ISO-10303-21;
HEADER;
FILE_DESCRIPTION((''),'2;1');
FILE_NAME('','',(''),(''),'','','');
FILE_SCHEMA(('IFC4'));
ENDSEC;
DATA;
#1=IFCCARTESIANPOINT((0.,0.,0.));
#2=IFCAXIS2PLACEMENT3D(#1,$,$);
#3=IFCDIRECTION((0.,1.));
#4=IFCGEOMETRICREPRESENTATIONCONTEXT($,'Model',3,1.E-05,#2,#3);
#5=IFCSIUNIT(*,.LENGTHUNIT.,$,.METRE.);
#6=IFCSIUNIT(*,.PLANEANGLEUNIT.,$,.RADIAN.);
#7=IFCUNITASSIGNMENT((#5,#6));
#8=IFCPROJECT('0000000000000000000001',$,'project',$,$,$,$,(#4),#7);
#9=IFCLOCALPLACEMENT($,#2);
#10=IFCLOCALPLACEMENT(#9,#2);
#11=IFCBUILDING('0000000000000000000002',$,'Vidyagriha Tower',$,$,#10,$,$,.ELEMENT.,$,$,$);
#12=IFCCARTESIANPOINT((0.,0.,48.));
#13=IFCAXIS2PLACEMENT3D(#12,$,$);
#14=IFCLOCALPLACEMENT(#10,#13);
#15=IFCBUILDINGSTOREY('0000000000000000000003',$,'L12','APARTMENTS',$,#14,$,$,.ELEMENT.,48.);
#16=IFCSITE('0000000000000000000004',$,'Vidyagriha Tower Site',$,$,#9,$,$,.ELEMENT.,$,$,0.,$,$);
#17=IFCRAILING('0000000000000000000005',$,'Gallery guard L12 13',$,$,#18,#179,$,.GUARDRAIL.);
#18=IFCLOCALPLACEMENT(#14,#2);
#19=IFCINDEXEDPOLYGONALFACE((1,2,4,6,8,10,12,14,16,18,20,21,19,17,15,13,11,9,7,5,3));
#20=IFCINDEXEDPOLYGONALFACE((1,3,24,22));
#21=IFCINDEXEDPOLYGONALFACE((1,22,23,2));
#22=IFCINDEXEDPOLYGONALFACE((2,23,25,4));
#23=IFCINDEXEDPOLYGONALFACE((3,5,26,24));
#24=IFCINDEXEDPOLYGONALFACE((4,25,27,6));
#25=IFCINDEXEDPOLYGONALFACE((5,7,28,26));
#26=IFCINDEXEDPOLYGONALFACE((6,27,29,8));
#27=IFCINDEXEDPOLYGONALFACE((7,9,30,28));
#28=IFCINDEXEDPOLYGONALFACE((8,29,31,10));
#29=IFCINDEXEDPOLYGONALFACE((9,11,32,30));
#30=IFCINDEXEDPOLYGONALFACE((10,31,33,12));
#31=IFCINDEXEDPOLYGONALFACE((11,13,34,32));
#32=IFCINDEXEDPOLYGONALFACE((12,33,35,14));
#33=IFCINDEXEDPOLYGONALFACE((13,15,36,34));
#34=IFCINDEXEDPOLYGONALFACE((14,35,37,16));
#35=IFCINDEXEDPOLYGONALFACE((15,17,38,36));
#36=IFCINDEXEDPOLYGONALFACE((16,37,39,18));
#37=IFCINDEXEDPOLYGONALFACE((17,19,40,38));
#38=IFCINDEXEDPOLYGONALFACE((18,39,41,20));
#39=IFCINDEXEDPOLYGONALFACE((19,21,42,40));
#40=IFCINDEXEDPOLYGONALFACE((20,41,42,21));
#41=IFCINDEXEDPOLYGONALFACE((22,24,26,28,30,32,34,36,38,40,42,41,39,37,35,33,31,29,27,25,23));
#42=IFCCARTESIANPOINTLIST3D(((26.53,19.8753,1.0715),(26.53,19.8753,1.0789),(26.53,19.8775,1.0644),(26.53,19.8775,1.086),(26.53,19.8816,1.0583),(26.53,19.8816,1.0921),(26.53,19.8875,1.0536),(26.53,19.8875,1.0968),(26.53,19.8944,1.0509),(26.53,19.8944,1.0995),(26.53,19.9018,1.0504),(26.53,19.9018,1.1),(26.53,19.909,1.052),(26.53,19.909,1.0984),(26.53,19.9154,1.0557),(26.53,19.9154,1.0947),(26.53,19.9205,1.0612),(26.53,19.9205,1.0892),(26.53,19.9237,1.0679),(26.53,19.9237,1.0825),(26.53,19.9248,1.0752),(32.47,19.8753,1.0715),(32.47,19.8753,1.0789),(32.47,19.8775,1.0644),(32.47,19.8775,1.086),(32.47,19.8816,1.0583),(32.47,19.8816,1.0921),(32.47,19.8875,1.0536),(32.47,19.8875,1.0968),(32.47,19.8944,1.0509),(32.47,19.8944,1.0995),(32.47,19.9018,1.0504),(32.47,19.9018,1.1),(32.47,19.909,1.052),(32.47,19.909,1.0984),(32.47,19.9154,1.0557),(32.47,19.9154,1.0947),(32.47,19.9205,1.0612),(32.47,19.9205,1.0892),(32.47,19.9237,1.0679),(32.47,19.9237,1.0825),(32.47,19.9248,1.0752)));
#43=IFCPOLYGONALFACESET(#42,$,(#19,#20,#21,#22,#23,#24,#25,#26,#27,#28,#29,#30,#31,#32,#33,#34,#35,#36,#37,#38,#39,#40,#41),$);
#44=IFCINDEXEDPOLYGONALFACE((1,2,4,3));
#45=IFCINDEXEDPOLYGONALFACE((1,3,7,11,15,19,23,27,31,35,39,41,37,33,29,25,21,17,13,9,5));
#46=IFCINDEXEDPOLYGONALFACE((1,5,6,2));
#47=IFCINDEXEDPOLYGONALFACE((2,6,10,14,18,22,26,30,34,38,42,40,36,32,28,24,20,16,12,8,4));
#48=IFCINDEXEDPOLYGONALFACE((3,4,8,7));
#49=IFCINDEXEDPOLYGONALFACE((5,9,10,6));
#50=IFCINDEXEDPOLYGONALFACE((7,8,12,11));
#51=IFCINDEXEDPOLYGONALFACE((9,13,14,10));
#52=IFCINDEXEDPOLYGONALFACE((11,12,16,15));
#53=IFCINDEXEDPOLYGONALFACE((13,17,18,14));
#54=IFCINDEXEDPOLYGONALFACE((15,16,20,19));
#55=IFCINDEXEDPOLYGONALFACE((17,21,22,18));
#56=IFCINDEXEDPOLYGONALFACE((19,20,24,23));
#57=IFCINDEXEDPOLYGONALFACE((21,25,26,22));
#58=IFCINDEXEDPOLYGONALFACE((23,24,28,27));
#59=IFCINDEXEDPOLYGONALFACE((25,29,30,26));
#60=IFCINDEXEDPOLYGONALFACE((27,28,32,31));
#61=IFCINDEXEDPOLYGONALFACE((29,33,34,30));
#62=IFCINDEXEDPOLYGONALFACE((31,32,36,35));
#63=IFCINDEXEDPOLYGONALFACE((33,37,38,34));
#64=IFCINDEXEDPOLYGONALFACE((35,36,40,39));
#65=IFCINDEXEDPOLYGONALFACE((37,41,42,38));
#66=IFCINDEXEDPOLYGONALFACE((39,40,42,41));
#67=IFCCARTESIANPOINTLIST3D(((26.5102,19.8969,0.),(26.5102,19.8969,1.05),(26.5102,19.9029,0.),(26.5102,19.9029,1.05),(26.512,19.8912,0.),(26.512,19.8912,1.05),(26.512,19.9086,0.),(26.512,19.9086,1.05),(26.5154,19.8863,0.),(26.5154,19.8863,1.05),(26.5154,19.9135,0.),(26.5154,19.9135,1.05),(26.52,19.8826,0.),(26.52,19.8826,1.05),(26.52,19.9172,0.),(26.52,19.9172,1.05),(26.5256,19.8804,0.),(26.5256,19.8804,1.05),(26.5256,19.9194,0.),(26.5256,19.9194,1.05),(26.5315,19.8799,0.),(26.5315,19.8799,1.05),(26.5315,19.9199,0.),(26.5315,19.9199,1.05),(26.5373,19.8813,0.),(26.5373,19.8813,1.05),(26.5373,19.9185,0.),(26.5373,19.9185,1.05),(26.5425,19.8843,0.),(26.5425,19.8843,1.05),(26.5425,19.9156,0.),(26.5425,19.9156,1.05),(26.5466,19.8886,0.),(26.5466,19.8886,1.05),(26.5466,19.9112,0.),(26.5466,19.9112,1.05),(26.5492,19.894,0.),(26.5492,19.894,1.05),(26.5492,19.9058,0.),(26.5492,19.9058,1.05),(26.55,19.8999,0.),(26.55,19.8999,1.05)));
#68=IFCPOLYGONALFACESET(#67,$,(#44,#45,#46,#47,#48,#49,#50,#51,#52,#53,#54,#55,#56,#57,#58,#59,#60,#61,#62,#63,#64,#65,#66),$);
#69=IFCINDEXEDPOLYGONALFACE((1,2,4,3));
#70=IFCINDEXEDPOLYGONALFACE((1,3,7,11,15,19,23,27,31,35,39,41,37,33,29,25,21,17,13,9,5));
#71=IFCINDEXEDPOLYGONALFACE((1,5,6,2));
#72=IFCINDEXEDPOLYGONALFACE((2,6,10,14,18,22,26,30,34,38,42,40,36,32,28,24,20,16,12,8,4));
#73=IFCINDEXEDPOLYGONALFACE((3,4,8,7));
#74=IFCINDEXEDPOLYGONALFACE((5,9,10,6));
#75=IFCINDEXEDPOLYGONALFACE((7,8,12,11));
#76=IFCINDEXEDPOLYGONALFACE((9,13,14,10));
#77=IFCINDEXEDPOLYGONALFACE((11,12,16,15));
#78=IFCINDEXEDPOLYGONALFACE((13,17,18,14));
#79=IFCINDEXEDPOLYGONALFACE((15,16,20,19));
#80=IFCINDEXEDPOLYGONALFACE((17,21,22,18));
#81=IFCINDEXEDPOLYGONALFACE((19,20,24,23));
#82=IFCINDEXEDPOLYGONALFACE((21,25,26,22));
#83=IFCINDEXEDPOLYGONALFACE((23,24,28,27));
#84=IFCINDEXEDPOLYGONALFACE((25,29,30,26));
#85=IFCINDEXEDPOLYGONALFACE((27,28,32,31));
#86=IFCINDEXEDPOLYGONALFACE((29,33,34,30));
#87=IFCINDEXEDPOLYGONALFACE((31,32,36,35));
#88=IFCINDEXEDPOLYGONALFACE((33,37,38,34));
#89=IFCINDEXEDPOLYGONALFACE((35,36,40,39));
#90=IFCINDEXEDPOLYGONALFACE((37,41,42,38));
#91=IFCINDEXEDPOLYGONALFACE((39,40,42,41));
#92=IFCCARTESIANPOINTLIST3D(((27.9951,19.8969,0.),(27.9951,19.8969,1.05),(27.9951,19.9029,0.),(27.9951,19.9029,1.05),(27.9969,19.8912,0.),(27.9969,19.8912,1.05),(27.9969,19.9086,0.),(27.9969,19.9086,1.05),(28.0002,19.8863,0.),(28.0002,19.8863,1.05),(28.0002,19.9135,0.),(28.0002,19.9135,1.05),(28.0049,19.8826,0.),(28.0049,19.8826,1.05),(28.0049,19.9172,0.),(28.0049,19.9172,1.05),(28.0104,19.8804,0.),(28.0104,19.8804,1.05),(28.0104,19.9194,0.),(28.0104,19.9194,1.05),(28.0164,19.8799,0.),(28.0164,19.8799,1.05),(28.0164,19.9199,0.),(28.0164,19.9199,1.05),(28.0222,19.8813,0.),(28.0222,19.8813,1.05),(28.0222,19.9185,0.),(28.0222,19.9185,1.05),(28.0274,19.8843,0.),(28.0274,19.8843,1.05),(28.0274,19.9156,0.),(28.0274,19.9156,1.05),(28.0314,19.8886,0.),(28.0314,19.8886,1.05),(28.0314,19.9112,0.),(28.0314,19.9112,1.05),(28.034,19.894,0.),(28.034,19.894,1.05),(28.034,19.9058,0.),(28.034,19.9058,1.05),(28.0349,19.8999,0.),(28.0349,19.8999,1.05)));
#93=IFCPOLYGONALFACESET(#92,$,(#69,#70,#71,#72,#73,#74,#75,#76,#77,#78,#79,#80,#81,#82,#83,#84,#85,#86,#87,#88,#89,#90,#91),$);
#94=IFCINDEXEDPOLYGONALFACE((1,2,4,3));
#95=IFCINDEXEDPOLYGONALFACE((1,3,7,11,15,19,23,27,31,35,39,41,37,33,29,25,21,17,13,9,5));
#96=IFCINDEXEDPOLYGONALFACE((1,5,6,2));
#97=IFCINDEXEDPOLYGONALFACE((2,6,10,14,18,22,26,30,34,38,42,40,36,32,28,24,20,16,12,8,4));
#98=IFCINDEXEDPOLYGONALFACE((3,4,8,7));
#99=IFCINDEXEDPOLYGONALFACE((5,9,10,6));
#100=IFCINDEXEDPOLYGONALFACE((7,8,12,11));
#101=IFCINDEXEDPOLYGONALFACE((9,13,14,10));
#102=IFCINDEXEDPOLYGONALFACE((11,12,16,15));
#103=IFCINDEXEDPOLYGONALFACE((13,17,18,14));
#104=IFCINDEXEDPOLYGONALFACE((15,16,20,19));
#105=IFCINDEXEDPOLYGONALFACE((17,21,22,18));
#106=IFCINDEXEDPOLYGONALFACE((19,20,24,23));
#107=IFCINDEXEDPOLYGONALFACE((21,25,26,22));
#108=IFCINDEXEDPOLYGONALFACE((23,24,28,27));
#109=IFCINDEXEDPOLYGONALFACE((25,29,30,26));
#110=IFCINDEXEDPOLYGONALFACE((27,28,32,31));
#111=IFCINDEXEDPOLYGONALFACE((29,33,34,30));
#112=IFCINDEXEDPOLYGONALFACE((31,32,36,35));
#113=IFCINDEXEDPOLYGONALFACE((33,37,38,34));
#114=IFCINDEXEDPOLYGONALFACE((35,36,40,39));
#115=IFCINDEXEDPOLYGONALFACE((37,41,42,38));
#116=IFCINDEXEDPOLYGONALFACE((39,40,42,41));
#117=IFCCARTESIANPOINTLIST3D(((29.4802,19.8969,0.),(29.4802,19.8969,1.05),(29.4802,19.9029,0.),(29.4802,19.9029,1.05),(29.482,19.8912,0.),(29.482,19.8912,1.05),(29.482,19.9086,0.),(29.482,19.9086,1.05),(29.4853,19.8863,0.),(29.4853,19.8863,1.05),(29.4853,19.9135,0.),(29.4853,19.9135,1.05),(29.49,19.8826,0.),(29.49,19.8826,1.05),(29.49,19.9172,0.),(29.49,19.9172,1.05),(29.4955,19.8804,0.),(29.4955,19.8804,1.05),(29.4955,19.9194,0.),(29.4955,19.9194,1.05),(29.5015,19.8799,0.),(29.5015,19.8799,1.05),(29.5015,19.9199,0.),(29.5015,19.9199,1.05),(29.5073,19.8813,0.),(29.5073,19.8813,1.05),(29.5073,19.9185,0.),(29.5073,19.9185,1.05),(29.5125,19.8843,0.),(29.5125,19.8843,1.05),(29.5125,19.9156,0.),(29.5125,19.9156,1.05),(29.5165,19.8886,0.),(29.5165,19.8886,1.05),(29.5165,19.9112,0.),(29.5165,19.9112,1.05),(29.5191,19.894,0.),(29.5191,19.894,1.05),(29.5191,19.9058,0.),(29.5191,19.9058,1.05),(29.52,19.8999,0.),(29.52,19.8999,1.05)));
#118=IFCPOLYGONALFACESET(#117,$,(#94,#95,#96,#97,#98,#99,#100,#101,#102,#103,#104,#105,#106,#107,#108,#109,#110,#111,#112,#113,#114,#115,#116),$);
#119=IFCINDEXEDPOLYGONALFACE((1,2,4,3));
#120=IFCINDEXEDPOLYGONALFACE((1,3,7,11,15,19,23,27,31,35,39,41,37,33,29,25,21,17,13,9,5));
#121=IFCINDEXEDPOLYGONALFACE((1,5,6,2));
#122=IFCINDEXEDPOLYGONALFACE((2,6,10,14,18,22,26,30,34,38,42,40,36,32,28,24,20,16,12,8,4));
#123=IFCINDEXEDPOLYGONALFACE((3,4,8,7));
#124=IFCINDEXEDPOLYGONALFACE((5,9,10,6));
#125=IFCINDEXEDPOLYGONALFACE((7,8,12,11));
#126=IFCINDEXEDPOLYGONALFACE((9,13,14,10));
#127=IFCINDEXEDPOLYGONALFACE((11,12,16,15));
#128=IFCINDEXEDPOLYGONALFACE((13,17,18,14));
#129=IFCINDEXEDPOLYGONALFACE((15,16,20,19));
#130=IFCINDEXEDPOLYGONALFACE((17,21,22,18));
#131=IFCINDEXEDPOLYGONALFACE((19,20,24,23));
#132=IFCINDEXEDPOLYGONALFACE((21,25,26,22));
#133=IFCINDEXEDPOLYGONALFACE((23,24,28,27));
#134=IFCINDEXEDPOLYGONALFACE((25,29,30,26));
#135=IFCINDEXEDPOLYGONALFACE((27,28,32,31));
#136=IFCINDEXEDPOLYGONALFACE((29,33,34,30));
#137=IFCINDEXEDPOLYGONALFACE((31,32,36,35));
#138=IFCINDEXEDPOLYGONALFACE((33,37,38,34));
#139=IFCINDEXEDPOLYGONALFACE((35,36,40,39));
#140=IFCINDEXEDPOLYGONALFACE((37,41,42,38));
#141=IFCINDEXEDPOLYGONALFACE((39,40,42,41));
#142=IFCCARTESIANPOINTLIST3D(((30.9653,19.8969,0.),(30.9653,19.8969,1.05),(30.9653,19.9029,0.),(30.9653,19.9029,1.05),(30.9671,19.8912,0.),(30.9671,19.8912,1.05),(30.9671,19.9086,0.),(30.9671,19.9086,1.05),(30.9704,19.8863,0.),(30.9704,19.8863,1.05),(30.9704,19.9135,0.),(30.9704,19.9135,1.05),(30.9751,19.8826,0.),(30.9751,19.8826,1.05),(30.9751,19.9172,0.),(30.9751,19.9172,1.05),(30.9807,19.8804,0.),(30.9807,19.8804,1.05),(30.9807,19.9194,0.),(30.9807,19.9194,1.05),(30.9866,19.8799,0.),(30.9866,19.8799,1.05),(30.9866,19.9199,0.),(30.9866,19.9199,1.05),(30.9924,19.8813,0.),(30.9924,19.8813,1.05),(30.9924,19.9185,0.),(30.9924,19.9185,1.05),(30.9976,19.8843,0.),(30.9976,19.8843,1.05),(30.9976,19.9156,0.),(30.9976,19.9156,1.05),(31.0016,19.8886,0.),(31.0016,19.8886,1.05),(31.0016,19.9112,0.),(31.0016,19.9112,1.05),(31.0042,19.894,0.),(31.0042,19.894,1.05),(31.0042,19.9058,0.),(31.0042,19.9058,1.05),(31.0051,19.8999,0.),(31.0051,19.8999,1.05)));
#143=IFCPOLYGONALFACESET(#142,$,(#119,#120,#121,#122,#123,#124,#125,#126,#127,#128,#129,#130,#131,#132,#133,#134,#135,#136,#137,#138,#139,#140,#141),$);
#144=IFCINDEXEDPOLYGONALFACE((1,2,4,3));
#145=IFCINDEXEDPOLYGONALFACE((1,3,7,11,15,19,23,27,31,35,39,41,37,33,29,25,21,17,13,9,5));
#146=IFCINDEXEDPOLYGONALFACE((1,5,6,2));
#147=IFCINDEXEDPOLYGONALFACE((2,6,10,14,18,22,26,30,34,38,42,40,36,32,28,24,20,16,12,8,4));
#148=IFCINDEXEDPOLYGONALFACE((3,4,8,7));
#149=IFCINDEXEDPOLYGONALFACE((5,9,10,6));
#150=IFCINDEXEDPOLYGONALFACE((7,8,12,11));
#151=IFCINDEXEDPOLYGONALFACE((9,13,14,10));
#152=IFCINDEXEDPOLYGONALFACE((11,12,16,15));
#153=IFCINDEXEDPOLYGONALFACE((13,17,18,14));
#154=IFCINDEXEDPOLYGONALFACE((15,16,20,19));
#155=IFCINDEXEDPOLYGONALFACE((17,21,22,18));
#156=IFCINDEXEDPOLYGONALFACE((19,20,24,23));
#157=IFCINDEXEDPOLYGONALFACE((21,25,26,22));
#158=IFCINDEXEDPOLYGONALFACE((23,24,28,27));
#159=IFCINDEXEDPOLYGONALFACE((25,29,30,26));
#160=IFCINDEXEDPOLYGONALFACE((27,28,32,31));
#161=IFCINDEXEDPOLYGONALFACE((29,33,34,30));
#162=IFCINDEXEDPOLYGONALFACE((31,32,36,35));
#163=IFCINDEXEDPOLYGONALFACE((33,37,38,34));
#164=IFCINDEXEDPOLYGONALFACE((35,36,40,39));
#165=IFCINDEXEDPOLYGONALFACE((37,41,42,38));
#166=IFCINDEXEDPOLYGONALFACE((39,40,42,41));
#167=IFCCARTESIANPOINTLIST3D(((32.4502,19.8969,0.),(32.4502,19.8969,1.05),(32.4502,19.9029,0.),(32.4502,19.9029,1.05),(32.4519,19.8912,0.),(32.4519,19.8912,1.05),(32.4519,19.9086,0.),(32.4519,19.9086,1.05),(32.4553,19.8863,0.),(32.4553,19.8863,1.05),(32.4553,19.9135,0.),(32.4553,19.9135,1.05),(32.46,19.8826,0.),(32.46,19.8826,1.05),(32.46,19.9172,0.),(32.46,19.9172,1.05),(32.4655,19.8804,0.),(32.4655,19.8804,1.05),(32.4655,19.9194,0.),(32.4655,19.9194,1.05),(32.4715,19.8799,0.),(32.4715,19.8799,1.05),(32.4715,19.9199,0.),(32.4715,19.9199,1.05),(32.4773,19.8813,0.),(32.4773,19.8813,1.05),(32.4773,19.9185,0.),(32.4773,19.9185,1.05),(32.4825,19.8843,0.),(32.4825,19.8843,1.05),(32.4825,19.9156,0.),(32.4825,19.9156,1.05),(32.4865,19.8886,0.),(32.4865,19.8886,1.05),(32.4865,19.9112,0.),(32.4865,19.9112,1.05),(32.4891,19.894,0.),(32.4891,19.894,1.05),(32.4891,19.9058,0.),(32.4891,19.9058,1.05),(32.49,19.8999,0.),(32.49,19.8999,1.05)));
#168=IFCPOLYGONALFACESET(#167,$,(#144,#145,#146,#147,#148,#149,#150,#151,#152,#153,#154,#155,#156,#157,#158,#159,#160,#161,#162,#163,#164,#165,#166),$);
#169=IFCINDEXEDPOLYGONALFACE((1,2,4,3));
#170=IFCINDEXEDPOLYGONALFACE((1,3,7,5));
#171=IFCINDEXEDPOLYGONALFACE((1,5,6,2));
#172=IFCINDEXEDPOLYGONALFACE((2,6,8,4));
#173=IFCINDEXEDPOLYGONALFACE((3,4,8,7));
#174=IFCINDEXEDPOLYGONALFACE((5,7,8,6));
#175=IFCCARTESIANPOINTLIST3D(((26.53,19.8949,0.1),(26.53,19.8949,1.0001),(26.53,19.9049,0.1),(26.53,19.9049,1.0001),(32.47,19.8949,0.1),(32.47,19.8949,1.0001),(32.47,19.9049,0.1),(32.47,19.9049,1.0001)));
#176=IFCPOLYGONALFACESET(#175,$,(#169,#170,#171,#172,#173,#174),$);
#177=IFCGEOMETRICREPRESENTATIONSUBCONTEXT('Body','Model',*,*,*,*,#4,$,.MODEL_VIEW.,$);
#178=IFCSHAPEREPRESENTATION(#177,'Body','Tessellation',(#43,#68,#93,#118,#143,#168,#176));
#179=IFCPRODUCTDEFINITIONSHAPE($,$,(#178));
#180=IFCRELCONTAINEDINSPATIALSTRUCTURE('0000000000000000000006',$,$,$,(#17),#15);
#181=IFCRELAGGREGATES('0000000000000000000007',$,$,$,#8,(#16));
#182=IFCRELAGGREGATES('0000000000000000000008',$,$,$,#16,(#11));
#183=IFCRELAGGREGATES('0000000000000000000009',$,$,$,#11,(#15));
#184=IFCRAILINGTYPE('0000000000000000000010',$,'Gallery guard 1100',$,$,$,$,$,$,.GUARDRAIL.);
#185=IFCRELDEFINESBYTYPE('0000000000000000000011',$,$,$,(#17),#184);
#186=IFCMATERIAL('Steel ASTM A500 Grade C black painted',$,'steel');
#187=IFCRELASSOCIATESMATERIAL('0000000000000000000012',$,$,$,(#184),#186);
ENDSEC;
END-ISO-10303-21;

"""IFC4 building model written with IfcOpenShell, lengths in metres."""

from ifc_helpers import new_model, si_unit, direction, frame, origin, origin_2d, place, context, subcontext, project, spatial, rectangle, circle, extrude, material, type_object, element, save


model = new_model("IFC4")

# Units and contexts
model_context = context("Model", 3, precision=1e-05, world=origin(), true_north=direction((0.0, 1.0)))
body_context = subcontext(model_context, "Body", "Model", "MODEL_VIEW")
ifc_project = project(units=[si_unit("LENGTHUNIT", "METRE"), si_unit("PLANEANGLEUNIT", "RADIAN")], contexts=[model_context])

# Site, building, storey
site_placement = place(None, origin())
site = spatial("IfcSite", under=ifc_project, at=site_placement, Name="Vidyagriha Tower Site", CompositionType="ELEMENT", RefElevation=0.0)
building_placement = place(site_placement, origin())
building = spatial("IfcBuilding", under=site, at=building_placement, Name="Vidyagriha Tower", CompositionType="ELEMENT")
storey_placement = place(building_placement, frame((0.0, 0.0, 48.0)))
storey = spatial("IfcBuildingStorey", under=building, at=storey_placement, Name="L12", Description="APARTMENTS", CompositionType="ELEMENT", Elevation=48.0)

# Railing
ifc_material_1 = material(Name="Steel ASTM A500 Grade C black painted", Category="steel")
railing_type = type_object("IfcRailingType", Name="Gallery guard 1100", PredefinedType="GUARDRAIL", material=ifc_material_1)
railing_1_placement = place(storey_placement, frame((26.53, 19.8999, 0.0)))
element("IfcRailing", 1, at=railing_1_placement, inside=storey, type_object=railing_type, Name="Gallery guard L12 13", PredefinedType="GUARDRAIL", context=body_context, shape_type="SweptSolid", body=[
    extrude(circle(Radius=0.0249, at=origin_2d()), frame((0.0, 0.0, 1.0752), z_axis=(1.0, 0.0, 0.0), x_axis=(0.0, 1.0, 0.0)), (0.0, 0.0, 1.0), 5.9399),
    extrude(circle(Radius=0.02, at=origin_2d()), origin(), (0.0, 0.0, 1.0), 1.05),
    extrude(circle(Radius=0.02, at=origin_2d()), frame((1.4849, 0.0, 0.0)), (0.0, 0.0, 1.0), 1.05),
    extrude(circle(Radius=0.02, at=origin_2d()), frame((2.97, 0.0, 0.0)), (0.0, 0.0, 1.0), 1.05),
    extrude(circle(Radius=0.02, at=origin_2d()), frame((4.4551, 0.0, 0.0)), (0.0, 0.0, 1.0), 1.05),
    extrude(circle(Radius=0.02, at=origin_2d()), frame((5.9399, 0.0, 0.0)), (0.0, 0.0, 1.0), 1.05),
    extrude(rectangle(XDim=0.01, YDim=0.9001, at=origin_2d()), frame((0.0, 0.0, 0.55), z_axis=(1.0, 0.0, 0.0), x_axis=(0.0, 1.0, 0.0)), (0.0, 0.0, 1.0), 5.9399),
])

save(model, "model.ifc")
